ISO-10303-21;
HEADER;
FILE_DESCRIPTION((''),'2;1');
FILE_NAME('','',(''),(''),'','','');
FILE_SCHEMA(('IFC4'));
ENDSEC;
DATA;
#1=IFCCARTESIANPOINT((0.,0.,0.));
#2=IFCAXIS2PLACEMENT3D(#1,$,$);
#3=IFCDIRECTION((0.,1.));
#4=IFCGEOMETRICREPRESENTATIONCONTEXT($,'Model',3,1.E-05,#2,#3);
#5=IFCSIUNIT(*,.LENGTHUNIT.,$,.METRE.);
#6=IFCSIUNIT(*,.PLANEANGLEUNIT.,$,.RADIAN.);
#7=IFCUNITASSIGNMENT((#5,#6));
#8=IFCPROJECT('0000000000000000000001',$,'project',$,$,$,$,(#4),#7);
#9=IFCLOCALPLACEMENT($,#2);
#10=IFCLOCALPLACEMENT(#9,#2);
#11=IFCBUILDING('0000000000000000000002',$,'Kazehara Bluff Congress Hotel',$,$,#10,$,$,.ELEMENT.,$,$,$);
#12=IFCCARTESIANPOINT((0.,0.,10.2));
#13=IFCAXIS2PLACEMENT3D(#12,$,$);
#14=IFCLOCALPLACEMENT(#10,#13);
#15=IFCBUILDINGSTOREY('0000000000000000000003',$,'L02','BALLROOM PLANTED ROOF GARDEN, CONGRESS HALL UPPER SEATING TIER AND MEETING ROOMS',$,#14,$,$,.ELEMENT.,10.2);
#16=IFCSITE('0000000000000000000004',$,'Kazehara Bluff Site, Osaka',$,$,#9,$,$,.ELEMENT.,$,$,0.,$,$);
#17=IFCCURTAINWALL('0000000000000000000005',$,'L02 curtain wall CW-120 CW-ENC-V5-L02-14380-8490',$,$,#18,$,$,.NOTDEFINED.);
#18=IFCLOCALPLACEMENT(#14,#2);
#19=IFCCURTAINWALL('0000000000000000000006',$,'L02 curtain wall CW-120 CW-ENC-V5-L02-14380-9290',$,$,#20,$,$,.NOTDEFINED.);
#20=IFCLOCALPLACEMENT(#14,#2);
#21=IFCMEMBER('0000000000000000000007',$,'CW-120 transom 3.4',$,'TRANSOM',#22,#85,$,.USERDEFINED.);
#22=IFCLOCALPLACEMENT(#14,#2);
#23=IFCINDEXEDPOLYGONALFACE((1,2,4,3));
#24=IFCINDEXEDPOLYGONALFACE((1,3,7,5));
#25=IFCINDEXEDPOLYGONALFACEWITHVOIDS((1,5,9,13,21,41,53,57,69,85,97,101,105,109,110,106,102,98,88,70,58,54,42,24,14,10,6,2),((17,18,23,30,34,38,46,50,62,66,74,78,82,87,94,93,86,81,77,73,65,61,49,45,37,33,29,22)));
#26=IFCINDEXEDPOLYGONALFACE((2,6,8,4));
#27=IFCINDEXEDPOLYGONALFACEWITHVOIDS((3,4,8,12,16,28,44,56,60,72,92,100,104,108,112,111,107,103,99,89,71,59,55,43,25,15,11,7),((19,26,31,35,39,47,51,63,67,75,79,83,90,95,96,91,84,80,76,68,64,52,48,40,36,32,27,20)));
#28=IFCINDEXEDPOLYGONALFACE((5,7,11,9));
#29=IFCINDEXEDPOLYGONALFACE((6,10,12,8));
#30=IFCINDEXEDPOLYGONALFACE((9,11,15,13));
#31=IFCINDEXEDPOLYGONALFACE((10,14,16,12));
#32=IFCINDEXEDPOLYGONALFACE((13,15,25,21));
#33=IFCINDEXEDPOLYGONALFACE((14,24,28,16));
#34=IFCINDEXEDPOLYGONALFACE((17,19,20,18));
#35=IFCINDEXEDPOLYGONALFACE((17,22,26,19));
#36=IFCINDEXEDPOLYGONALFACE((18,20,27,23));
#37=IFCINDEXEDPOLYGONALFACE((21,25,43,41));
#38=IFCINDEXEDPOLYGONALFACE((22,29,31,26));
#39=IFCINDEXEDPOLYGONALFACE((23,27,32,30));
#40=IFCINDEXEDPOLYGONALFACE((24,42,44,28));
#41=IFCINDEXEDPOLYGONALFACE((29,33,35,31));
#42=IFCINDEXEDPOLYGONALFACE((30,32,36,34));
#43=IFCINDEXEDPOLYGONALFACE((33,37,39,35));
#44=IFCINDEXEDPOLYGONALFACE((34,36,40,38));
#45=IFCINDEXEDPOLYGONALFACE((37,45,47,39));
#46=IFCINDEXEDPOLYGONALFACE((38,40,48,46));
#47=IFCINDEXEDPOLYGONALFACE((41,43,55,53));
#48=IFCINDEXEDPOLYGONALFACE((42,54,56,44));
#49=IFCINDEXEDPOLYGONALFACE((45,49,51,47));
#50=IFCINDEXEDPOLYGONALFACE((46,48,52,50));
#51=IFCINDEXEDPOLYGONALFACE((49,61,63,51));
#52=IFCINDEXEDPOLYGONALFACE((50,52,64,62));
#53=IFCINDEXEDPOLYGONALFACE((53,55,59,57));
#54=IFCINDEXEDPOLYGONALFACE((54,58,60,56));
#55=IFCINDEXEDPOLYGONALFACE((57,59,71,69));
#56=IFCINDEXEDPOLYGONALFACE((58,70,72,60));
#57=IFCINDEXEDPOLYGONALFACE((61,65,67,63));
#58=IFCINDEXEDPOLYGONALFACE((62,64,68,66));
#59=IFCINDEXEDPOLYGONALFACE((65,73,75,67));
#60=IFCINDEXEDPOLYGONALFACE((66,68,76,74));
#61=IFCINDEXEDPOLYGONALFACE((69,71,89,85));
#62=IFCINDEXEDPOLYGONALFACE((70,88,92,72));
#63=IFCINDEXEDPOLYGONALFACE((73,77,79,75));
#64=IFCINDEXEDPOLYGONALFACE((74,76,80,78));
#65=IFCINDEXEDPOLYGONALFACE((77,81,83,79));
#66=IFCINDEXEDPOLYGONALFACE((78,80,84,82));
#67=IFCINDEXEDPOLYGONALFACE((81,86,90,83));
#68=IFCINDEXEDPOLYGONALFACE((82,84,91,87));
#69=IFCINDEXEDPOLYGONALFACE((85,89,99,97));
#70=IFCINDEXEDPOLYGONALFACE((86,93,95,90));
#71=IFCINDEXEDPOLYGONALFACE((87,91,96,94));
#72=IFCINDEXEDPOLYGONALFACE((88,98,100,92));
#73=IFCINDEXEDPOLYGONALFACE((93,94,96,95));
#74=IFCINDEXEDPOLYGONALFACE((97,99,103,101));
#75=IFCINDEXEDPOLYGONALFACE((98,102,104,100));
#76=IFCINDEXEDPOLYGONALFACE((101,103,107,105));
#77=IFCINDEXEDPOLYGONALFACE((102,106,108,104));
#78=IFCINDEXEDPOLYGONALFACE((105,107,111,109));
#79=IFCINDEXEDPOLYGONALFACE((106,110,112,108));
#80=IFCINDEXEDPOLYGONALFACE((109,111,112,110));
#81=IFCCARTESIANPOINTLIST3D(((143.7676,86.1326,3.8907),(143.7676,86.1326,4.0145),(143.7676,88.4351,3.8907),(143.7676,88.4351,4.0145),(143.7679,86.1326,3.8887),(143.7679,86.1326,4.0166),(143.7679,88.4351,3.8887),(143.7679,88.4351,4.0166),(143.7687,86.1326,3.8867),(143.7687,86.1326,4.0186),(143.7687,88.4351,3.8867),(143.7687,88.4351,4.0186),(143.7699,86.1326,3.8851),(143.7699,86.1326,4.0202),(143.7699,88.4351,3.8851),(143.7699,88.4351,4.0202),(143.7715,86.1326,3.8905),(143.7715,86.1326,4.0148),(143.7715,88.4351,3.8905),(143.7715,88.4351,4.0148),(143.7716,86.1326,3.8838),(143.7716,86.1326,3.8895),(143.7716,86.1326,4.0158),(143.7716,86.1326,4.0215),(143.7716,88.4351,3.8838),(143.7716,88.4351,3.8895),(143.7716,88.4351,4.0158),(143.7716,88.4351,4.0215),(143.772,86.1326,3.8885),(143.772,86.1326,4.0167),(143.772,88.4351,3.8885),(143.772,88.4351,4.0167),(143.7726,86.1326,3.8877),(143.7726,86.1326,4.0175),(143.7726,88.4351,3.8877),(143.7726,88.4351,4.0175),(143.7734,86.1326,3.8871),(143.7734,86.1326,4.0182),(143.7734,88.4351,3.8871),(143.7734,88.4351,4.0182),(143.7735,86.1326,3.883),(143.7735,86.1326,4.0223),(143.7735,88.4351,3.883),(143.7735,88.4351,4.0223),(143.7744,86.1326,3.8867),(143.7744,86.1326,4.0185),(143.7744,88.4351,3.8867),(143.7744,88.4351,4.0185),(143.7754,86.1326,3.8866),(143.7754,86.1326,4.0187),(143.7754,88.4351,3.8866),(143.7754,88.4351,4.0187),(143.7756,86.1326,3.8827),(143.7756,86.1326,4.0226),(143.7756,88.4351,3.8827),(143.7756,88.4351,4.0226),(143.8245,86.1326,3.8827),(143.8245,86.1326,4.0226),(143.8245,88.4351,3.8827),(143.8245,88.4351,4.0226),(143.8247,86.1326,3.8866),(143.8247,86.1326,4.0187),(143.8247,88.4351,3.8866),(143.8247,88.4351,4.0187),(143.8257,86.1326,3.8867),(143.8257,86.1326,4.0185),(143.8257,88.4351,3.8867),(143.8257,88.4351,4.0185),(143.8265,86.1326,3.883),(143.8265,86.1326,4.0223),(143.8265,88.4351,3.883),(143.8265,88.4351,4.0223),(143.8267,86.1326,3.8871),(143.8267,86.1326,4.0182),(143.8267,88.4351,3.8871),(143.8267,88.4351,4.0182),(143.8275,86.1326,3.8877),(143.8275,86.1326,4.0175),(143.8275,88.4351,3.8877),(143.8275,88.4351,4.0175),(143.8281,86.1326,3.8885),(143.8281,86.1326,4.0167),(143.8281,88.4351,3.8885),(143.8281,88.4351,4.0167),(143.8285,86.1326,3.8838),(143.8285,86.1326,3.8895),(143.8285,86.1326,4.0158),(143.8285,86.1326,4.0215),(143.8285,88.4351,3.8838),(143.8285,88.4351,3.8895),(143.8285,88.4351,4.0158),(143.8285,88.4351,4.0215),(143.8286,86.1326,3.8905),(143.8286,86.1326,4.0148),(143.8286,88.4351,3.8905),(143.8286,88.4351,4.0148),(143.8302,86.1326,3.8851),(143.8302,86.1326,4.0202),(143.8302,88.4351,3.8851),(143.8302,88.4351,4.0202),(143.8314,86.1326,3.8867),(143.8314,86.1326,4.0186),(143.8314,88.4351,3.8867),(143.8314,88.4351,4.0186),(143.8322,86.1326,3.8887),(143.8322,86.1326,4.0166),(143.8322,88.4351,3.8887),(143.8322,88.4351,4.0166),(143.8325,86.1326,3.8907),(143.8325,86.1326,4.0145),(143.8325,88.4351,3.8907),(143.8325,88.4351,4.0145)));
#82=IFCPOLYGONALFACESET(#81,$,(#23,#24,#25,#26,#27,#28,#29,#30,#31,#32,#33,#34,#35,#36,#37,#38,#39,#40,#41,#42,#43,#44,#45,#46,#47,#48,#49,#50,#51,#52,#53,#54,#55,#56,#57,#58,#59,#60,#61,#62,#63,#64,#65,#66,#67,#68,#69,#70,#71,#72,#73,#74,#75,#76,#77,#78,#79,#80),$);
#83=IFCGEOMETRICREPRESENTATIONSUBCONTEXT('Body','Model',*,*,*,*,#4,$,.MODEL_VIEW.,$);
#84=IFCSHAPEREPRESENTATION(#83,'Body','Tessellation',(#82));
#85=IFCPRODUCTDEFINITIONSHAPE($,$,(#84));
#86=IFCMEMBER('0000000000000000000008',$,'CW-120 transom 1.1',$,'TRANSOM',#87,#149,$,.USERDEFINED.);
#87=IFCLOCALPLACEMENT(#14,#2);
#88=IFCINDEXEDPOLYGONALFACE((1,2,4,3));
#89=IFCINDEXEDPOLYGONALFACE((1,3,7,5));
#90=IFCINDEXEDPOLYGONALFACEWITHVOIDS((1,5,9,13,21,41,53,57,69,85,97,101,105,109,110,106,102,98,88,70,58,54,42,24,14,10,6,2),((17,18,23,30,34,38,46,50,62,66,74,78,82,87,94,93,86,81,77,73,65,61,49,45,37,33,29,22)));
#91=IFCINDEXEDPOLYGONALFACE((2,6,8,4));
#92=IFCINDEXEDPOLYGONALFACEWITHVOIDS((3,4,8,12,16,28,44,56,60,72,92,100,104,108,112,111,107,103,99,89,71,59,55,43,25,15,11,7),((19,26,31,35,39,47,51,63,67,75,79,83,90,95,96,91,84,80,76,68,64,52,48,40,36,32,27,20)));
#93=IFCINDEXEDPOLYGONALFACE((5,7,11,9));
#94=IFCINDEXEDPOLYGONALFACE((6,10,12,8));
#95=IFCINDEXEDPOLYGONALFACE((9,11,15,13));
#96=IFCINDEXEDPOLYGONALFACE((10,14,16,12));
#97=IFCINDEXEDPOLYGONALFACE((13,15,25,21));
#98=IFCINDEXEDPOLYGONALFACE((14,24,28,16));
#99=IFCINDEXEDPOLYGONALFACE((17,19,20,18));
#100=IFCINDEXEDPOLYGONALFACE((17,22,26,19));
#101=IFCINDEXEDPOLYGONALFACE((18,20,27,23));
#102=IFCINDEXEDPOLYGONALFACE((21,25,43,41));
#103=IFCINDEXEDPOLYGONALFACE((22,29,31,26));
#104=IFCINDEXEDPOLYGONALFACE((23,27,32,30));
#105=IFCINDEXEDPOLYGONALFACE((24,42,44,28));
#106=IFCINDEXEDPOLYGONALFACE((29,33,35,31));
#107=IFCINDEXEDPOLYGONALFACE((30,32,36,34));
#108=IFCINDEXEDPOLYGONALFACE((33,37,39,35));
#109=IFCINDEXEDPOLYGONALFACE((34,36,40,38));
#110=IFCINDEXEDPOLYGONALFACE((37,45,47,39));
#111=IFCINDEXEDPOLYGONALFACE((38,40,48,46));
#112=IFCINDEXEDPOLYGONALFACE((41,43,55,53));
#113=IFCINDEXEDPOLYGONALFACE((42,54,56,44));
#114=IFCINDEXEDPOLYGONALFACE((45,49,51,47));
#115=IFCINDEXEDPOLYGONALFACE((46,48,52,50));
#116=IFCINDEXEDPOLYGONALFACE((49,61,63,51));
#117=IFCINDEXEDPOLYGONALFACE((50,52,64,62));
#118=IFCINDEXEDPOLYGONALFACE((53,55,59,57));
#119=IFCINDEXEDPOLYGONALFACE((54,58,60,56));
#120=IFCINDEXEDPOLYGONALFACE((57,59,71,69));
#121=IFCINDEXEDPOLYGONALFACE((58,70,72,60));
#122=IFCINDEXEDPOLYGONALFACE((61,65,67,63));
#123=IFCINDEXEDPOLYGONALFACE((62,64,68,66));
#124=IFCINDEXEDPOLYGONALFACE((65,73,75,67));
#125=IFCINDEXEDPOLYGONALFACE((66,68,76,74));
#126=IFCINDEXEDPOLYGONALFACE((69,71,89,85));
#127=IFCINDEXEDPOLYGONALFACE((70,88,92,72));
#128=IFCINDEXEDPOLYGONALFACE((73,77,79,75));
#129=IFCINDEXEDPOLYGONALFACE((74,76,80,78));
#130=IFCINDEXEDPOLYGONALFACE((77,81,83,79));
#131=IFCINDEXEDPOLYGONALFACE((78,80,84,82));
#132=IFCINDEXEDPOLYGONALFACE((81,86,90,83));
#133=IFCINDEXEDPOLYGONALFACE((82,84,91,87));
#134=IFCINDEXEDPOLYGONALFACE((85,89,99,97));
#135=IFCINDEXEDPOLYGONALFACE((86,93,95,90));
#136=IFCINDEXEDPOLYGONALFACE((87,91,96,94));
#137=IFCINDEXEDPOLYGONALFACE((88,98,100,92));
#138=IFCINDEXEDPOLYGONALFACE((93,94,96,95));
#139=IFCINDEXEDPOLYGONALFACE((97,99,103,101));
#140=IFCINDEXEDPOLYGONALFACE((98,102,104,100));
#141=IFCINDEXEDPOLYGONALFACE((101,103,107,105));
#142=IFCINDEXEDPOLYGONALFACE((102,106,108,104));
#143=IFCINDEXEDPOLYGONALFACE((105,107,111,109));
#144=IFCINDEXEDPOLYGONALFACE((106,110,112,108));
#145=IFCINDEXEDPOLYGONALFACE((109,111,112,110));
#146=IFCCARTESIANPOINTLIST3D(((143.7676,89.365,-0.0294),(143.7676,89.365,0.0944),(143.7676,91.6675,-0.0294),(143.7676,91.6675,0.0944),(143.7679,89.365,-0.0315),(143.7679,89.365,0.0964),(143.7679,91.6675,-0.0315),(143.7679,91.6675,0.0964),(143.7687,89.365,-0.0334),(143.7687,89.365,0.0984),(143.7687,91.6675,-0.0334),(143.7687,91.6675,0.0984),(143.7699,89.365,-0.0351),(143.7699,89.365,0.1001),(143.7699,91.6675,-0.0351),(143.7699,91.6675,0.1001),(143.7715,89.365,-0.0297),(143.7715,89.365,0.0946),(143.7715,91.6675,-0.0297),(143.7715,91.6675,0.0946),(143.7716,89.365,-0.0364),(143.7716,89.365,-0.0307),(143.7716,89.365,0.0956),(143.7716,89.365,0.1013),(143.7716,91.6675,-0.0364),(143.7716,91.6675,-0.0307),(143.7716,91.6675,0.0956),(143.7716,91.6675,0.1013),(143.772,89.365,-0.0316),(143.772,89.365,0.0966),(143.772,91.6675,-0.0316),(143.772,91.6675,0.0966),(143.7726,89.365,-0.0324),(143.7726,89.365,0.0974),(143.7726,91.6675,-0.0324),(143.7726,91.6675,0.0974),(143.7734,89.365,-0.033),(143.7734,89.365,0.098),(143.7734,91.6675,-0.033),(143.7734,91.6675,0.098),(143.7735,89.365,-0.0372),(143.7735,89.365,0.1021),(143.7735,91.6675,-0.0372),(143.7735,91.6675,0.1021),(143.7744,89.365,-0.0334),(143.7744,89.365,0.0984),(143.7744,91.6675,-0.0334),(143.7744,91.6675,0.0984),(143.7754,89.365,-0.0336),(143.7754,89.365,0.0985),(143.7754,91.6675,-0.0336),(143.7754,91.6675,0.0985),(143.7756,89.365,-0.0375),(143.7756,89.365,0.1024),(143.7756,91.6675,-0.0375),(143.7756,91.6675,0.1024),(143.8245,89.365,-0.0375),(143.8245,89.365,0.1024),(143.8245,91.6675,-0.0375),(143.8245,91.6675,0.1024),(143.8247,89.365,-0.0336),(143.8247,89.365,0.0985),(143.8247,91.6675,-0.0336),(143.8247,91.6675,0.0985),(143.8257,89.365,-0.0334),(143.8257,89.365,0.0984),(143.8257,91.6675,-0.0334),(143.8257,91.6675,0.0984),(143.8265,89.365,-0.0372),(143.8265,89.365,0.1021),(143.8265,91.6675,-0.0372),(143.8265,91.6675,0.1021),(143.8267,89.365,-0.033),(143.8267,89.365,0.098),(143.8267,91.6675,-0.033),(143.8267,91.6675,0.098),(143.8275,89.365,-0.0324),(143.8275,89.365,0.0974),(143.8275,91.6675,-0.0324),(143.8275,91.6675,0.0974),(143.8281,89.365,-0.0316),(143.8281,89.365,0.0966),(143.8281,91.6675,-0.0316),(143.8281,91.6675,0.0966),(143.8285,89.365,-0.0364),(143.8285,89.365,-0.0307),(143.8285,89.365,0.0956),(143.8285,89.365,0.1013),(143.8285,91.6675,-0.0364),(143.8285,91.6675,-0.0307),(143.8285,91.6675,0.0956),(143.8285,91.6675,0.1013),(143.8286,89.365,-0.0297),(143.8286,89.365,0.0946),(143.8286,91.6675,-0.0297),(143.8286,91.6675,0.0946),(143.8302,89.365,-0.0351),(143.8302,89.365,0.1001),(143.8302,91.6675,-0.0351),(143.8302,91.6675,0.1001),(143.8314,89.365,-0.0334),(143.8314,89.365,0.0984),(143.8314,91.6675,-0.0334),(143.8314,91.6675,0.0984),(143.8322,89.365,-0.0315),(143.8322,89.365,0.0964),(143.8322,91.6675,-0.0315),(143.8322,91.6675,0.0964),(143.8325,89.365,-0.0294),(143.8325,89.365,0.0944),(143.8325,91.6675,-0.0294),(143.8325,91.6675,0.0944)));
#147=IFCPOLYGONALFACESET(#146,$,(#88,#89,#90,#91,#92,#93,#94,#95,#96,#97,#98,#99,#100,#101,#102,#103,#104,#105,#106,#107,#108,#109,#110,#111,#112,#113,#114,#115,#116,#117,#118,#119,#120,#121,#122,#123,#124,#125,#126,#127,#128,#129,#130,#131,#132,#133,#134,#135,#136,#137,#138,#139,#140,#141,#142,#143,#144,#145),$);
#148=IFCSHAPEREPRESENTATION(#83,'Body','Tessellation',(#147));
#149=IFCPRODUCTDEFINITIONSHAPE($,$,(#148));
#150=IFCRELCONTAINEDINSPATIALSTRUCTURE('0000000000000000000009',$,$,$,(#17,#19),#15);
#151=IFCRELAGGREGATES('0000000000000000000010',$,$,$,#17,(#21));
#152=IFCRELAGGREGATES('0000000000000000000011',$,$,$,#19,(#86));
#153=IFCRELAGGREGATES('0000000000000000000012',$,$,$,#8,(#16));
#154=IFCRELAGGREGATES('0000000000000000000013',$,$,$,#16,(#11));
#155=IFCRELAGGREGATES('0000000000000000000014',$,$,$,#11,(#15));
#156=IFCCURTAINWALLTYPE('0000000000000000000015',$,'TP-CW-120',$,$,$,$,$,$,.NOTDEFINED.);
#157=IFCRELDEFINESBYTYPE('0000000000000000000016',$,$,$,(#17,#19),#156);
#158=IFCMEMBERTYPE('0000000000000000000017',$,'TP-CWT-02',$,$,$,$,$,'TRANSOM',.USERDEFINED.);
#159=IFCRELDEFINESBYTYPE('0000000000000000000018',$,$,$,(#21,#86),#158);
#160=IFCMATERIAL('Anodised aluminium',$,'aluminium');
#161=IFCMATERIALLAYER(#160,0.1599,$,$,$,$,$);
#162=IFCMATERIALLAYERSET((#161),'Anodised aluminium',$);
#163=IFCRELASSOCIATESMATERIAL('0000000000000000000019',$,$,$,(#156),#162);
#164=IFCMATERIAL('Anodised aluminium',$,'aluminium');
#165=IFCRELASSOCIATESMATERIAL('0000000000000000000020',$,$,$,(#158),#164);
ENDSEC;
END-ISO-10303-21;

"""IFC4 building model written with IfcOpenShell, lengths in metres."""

from ifc_helpers import new_model, si_unit, direction, frame, origin, origin_2d, place, context, subcontext, project, spatial, hollow_rectangle, extrude, material, layer, layer_set, material_profile, profile_set, type_object, element, aggregate, save


model = new_model("IFC4")

# Units and contexts
model_context = context("Model", 3, precision=1e-05, world=origin(), true_north=direction((0.0, 1.0)))
body_context = subcontext(model_context, "Body", "Model", "MODEL_VIEW")
ifc_project = project(units=[si_unit("LENGTHUNIT", "METRE"), si_unit("PLANEANGLEUNIT", "RADIAN")], contexts=[model_context])

# Site, building, storey
site_placement = place(None, origin())
site = spatial("IfcSite", under=ifc_project, at=site_placement, Name="Kazehara Bluff Site, Osaka", CompositionType="ELEMENT", RefElevation=0.0)
building_placement = place(site_placement, origin())
building = spatial("IfcBuilding", under=site, at=building_placement, Name="Kazehara Bluff Congress Hotel", CompositionType="ELEMENT")
storey_placement = place(building_placement, frame((0.0, 0.0, 10.2)))
storey = spatial("IfcBuildingStorey", under=building, at=storey_placement, Name="L02", Description="BALLROOM PLANTED ROOF GARDEN, CONGRESS HALL UPPER SEATING TIER AND MEETING ROOMS", CompositionType="ELEMENT", Elevation=10.2)

# Curtain wall
ifc_material_1 = material(Name="Anodised aluminium", Category="aluminium")
ifc_layer_1 = layer(ifc_material_1, 0.1599)
ifc_layer_set_1 = layer_set([ifc_layer_1], Name="Anodised aluminium")
curtain_wall_type = type_object("IfcCurtainWallType", Name="TP-CW-120", PredefinedType="NOTDEFINED", material=ifc_layer_set_1)
curtain_wall_1_placement = place(storey_placement, origin())
curtain_wall_1 = element("IfcCurtainWall", 1, at=curtain_wall_1_placement, inside=storey, type_object=curtain_wall_type, Name="L02 curtain wall CW-120 CW-ENC-V5-L02-14380-8490", PredefinedType="NOTDEFINED")

# Curtain wall
curtain_wall_2_placement = place(storey_placement, origin())
curtain_wall_2 = element("IfcCurtainWall", 2, at=curtain_wall_2_placement, inside=storey, type_object=curtain_wall_type, Name="L02 curtain wall CW-120 CW-ENC-V5-L02-14380-9290", PredefinedType="NOTDEFINED")

# Members
ifc_material_2 = material(Name="Anodised aluminium", Category="aluminium")
ifc_material_profile_1 = material_profile(ifc_material_2, hollow_rectangle(XDim=0.0649, YDim=0.1399, WallThickness=0.0039, InnerFilletRadius=0.0039, OuterFilletRadius=0.0081, at=origin_2d()))
ifc_profile_set_1 = profile_set([ifc_material_profile_1], Name="Anodised aluminium")
member_type_1 = type_object("IfcMemberType", Name="TP-CWT-02", ElementType="TRANSOM", PredefinedType="USERDEFINED", material=ifc_profile_set_1)
member_1_placement = place(storey_placement, frame((143.8, 86.1326, 3.9526), z_axis=(0.0, 1.0, 0.0), x_axis=(-1.0, 0.0, 0.0)))
member_1 = element("IfcMember", 3, at=member_1_placement, type_object=member_type_1, Name="CW-120 transom 3.4", ObjectType="TRANSOM", PredefinedType="USERDEFINED", context=body_context, shape_type="SweptSolid", body=[
    extrude(hollow_rectangle(XDim=0.0649, YDim=0.1399, WallThickness=0.0039, InnerFilletRadius=0.0039, OuterFilletRadius=0.0081, at=origin_2d()), origin(), (0.0, 0.0, 1.0), 2.3025),
])
member_2_placement = place(storey_placement, frame((143.8, 89.365, 0.0325), z_axis=(0.0, 1.0, 0.0), x_axis=(-1.0, 0.0, 0.0)))
member_2 = element("IfcMember", 4, at=member_2_placement, type_object=member_type_1, Name="CW-120 transom 1.1", ObjectType="TRANSOM", PredefinedType="USERDEFINED", context=body_context, shape_type="SweptSolid", body=[
    extrude(hollow_rectangle(XDim=0.0649, YDim=0.1399, WallThickness=0.0039, InnerFilletRadius=0.0039, OuterFilletRadius=0.0081, at=origin_2d()), origin(), (0.0, 0.0, 1.0), 2.3025),
])

aggregate(curtain_wall_1, [member_1])
aggregate(curtain_wall_2, [member_2])

save(model, "model.ifc")
